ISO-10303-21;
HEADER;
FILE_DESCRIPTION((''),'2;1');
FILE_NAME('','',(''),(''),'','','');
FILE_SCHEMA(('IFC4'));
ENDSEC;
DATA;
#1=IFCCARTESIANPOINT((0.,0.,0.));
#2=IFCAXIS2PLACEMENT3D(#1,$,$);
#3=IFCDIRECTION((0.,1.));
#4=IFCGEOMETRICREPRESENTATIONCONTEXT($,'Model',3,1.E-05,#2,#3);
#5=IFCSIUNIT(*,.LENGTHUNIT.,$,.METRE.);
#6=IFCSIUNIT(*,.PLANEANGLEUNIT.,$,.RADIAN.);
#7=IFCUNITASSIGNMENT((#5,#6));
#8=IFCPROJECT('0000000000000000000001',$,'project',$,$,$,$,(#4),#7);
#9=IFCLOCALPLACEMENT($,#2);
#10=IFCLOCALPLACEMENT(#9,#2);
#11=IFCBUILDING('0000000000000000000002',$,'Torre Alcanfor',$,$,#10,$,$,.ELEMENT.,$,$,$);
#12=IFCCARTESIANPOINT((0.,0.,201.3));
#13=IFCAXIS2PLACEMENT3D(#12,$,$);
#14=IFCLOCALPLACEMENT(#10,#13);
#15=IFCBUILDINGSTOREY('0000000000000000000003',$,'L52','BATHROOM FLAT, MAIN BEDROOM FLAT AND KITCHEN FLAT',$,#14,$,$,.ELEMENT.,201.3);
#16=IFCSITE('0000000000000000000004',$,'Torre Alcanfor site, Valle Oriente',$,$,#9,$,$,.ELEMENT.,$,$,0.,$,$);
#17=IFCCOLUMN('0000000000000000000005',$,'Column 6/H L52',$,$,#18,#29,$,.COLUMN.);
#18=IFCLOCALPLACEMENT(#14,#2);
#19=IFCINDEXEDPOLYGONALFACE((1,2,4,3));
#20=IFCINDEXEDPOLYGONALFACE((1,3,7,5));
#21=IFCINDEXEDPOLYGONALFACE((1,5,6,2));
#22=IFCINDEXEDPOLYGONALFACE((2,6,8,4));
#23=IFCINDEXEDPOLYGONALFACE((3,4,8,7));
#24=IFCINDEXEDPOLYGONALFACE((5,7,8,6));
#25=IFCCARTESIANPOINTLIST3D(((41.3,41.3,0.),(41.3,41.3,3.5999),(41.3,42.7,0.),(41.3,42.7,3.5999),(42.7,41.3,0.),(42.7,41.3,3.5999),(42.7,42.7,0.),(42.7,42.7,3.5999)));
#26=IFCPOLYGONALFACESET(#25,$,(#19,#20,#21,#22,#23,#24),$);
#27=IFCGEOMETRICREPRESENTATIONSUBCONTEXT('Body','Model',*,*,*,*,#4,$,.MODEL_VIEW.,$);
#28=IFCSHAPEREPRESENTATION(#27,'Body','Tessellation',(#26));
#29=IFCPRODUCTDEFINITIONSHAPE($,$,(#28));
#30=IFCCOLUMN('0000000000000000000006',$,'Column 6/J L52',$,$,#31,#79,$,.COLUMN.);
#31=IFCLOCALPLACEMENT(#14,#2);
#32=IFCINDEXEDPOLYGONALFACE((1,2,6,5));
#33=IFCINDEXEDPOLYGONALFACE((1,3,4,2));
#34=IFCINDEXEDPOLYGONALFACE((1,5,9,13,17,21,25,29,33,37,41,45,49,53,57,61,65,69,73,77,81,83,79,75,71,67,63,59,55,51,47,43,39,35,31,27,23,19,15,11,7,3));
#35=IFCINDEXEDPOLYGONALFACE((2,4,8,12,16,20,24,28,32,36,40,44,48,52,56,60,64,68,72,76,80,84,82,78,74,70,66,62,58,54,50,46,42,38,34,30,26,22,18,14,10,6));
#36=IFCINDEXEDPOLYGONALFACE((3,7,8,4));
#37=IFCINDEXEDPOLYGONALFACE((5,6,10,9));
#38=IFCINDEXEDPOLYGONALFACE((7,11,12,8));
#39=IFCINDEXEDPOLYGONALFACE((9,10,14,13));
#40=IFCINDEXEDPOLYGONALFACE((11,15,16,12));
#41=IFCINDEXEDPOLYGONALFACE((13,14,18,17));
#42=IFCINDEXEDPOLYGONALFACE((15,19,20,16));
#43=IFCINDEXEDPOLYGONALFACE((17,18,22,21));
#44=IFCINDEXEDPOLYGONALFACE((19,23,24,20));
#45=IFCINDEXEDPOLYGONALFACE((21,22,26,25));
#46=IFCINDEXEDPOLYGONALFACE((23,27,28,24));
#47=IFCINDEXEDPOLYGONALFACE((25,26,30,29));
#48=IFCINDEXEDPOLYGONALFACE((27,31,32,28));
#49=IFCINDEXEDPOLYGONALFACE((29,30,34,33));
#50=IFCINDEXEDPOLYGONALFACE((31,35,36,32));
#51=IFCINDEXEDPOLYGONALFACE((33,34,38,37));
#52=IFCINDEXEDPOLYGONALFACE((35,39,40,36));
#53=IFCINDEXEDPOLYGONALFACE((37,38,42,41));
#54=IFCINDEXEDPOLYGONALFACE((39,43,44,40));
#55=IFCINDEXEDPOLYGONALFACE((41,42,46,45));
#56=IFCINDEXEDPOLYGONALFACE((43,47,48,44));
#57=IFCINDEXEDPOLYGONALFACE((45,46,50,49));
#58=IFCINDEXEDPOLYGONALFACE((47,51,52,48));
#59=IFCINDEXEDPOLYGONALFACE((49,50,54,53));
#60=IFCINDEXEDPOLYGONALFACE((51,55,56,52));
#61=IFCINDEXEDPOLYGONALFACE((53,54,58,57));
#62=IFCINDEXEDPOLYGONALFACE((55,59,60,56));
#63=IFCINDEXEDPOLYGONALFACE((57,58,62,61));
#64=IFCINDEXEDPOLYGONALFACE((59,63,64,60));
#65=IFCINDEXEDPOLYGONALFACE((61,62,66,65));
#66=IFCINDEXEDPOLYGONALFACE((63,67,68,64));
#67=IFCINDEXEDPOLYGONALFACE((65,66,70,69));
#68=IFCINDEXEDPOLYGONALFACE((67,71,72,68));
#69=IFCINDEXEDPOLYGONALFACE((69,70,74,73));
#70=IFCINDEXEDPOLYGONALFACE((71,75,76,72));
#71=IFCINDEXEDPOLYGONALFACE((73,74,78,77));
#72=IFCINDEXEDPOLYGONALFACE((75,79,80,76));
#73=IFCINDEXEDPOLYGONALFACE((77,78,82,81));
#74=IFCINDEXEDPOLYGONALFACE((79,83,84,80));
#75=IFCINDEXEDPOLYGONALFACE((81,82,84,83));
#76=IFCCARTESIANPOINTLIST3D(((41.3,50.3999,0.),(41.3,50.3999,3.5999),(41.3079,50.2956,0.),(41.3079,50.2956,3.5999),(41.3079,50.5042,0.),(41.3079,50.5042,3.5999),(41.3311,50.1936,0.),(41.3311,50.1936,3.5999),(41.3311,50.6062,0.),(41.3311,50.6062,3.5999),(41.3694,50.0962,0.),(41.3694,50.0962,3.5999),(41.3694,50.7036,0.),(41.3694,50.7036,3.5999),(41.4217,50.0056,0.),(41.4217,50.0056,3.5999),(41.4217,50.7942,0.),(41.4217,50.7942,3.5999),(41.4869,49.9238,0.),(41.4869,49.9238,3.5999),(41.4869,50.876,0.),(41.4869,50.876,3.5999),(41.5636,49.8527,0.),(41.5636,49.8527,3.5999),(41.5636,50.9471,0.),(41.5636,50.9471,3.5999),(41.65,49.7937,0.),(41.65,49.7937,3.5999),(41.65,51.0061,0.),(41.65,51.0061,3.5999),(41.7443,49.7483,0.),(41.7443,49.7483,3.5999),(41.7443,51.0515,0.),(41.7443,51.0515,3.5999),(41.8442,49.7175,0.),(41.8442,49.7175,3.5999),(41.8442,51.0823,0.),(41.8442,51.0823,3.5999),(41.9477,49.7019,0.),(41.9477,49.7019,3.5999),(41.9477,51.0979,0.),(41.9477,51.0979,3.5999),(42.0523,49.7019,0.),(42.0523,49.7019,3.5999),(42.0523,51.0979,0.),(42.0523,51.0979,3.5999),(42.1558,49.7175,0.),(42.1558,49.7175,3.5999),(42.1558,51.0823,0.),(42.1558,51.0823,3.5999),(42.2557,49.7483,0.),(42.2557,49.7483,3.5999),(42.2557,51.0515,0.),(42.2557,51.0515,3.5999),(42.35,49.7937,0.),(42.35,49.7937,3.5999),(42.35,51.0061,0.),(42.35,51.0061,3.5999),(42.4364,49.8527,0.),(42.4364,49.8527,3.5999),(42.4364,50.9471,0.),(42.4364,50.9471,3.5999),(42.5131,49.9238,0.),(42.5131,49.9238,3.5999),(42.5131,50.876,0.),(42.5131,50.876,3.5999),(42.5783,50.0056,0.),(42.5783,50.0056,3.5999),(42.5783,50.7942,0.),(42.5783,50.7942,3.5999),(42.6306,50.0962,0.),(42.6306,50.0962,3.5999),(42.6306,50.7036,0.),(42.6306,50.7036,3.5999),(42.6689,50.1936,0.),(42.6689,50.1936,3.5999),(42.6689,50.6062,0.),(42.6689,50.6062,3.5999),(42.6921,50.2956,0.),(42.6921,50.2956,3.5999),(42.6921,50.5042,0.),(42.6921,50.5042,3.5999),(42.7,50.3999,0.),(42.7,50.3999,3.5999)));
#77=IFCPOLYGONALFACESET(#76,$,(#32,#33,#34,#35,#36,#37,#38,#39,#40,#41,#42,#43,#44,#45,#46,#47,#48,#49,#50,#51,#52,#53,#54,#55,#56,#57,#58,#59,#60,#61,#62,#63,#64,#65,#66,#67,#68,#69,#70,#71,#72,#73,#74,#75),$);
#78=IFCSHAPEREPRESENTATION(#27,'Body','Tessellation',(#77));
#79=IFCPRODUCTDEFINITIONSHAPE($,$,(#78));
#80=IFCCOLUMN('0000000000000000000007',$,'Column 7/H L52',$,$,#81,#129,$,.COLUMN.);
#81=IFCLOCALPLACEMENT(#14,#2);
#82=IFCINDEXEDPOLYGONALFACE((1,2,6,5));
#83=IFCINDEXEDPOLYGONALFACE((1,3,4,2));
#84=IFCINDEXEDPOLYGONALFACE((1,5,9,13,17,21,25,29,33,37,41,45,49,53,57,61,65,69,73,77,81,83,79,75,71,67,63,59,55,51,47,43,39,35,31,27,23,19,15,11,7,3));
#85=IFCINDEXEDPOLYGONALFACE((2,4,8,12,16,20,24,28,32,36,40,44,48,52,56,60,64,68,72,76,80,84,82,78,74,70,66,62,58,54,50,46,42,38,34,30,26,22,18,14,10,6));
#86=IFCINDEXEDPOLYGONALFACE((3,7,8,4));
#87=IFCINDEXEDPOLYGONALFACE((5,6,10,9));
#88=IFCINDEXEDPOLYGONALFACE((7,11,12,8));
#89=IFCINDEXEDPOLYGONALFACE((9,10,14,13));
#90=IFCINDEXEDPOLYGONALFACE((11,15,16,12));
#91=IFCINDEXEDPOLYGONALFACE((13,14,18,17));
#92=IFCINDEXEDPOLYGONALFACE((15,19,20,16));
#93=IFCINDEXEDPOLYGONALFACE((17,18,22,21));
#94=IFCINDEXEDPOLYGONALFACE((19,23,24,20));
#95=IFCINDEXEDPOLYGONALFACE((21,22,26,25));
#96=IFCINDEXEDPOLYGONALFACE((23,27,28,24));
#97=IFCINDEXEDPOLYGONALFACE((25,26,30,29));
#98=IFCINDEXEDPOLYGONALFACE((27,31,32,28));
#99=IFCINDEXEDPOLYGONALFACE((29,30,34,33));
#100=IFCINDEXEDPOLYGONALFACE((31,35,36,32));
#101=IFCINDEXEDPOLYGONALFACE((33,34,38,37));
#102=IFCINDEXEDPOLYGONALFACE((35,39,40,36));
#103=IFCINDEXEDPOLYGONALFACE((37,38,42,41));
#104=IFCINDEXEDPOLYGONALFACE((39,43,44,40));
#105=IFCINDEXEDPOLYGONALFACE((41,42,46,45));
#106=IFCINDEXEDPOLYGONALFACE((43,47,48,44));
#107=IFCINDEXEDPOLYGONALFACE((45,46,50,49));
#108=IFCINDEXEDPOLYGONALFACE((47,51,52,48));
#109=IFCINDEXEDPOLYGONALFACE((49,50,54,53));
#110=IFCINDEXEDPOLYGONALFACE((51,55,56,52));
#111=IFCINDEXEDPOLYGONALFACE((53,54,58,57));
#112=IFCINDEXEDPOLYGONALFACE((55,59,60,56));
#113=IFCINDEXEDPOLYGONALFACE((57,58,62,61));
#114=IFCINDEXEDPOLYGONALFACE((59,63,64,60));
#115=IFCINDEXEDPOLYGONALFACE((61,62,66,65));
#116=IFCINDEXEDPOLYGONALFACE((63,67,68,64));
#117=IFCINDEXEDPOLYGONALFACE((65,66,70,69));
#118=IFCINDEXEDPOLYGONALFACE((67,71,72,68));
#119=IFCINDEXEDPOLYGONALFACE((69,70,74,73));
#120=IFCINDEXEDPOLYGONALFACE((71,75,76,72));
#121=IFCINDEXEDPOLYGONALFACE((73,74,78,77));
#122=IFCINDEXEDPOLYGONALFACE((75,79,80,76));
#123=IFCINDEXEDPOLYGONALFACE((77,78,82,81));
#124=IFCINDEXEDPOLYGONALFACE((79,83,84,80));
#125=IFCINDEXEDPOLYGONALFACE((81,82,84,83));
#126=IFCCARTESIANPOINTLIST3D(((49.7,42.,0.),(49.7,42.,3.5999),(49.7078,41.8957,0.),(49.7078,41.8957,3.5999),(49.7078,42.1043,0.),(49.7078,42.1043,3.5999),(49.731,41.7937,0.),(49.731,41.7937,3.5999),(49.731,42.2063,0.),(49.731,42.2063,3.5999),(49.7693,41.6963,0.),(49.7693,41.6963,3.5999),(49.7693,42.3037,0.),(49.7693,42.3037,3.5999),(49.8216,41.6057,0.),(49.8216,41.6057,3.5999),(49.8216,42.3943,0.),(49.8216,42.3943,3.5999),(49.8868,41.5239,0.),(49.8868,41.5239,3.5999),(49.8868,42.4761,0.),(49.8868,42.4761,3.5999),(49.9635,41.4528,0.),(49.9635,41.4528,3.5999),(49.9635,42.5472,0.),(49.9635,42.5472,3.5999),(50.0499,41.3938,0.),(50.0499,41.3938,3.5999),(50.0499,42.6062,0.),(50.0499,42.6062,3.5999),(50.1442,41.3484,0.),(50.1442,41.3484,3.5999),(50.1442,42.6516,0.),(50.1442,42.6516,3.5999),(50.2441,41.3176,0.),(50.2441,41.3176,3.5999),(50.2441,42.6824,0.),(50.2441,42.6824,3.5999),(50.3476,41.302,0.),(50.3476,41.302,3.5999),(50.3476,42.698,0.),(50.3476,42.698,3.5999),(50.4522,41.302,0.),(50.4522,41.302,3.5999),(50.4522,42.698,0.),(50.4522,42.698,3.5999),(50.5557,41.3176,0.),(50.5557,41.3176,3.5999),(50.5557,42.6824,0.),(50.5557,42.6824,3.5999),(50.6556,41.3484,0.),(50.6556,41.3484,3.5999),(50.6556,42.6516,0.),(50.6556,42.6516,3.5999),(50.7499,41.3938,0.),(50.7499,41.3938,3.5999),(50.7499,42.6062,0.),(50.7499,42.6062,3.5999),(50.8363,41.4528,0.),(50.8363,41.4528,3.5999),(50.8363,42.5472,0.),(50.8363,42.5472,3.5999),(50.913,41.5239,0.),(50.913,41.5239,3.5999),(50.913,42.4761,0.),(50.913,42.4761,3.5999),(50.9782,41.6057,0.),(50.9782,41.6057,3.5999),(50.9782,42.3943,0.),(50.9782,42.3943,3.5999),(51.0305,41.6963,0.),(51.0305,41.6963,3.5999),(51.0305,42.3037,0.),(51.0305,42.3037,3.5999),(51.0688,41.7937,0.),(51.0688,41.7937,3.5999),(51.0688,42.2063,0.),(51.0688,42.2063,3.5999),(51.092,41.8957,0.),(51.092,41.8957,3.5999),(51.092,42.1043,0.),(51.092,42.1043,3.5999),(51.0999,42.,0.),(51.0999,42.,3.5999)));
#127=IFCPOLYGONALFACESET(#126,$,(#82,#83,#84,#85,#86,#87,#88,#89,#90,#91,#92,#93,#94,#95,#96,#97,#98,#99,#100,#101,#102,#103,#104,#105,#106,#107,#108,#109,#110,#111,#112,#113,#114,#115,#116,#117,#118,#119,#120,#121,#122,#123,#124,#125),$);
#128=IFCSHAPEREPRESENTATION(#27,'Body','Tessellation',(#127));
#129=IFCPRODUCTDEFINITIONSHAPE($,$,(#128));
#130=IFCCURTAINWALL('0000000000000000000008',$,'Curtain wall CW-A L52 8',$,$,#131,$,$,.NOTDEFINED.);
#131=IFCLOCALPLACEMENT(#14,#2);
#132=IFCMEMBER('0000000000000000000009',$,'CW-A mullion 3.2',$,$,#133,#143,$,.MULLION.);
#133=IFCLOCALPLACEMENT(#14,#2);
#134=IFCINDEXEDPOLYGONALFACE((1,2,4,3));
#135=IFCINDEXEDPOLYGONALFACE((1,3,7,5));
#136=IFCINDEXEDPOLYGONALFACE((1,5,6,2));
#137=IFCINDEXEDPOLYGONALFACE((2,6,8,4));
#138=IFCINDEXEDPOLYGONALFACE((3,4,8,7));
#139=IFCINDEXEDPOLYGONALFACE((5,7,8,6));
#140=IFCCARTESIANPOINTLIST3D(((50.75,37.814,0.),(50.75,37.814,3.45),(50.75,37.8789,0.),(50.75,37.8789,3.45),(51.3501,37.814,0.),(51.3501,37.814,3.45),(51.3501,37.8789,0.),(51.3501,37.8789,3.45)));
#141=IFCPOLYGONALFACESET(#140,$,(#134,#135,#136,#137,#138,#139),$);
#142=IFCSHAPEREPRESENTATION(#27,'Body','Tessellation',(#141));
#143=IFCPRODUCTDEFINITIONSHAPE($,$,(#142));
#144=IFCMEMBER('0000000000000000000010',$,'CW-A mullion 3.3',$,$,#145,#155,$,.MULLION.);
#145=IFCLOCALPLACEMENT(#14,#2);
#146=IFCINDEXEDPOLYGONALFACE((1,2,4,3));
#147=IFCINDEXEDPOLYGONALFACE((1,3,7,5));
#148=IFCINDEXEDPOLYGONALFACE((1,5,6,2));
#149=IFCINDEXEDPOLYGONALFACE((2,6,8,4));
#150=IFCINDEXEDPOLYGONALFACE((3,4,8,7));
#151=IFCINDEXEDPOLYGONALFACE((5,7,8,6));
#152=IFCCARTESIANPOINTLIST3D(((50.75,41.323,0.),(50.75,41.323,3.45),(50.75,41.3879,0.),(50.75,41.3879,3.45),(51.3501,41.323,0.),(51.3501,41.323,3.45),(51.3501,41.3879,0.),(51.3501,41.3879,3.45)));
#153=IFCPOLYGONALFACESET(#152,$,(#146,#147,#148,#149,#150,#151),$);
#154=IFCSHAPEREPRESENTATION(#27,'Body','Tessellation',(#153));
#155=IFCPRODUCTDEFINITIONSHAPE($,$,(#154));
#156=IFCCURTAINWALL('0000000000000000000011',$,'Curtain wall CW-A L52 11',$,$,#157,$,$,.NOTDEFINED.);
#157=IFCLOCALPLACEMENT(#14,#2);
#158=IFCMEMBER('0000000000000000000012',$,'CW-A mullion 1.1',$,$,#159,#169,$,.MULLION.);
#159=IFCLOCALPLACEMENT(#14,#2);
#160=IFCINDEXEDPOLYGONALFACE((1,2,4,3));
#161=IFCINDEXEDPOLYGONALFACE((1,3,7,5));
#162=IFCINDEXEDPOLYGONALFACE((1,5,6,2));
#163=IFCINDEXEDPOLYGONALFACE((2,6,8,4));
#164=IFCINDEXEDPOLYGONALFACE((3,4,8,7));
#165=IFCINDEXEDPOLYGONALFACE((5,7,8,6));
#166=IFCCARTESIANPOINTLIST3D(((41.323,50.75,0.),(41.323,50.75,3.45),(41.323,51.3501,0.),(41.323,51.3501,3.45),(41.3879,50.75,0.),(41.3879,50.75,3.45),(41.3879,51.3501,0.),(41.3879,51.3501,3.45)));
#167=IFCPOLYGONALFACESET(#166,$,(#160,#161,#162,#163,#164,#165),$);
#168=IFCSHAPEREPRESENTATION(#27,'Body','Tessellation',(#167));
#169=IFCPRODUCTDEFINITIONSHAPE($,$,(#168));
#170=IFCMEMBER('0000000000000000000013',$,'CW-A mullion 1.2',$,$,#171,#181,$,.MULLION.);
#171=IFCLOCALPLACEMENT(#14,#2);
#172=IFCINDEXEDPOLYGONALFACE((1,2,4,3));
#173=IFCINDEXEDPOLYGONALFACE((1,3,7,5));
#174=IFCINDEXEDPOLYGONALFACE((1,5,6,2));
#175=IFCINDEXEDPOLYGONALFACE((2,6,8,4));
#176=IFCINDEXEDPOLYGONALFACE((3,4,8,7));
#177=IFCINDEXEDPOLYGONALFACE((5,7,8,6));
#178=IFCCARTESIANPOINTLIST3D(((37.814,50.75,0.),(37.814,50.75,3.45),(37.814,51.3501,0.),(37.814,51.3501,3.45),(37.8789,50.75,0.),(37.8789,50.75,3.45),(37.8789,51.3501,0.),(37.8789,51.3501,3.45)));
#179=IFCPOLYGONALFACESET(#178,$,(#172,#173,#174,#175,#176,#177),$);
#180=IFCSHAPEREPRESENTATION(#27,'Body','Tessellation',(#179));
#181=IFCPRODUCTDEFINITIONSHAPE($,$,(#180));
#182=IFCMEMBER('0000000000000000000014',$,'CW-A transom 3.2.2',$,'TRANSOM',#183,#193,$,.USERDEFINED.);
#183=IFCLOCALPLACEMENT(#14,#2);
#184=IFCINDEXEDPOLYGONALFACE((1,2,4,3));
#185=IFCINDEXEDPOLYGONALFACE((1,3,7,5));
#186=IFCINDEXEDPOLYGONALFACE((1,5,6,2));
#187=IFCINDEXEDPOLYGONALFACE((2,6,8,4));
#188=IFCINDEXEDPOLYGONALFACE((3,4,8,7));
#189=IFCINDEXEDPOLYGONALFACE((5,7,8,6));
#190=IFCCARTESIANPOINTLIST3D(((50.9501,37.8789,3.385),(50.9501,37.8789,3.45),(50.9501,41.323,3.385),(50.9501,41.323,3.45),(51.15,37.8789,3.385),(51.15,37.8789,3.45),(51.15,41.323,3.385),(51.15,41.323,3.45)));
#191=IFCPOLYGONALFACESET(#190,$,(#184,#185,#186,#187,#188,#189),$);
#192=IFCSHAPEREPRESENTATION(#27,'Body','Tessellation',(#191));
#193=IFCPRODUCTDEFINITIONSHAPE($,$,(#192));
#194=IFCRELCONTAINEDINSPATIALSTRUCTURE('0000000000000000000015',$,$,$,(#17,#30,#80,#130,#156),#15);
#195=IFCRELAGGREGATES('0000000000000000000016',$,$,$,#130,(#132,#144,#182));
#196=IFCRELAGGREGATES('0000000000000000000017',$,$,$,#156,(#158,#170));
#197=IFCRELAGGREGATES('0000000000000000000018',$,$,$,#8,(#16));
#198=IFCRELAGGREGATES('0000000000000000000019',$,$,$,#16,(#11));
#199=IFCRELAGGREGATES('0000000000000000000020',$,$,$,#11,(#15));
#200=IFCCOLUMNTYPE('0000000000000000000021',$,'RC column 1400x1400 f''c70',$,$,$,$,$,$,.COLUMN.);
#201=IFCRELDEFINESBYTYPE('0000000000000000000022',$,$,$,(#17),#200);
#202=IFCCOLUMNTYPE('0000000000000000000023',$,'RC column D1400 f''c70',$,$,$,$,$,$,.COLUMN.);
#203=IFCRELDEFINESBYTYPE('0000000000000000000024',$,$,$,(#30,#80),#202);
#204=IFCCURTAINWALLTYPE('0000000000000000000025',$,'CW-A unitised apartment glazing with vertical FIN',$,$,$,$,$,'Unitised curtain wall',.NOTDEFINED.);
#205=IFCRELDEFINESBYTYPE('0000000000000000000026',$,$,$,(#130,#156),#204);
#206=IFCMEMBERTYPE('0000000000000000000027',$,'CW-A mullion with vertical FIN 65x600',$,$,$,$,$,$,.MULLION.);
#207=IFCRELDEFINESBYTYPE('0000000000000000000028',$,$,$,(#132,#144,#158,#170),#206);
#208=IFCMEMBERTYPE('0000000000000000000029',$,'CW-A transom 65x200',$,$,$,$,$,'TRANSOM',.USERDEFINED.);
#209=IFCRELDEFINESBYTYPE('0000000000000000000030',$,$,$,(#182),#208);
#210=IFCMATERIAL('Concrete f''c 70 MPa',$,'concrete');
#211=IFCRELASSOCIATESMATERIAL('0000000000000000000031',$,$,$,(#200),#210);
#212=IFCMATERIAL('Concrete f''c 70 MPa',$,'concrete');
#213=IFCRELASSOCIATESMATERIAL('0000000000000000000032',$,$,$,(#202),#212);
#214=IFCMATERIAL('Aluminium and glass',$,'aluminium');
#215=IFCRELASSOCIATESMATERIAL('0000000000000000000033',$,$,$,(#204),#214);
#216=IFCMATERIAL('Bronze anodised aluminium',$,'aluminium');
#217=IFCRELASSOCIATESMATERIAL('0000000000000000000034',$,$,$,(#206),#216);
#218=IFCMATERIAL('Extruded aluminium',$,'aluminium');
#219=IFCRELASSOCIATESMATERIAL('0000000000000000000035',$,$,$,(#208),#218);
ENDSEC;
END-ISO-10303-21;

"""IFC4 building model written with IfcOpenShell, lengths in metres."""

from ifc_helpers import new_model, si_unit, direction, frame, origin, origin_2d, place, context, subcontext, project, spatial, rectangle, circle, extrude, material, material_profile, profile_set, type_object, element, aggregate, save


model = new_model("IFC4")

# Units and contexts
model_context = context("Model", 3, precision=1e-05, world=origin(), true_north=direction((0.0, 1.0)))
body_context = subcontext(model_context, "Body", "Model", "MODEL_VIEW")
ifc_project = project(units=[si_unit("LENGTHUNIT", "METRE"), si_unit("PLANEANGLEUNIT", "RADIAN")], contexts=[model_context])

# Site, building, storey
site_placement = place(None, origin())
site = spatial("IfcSite", under=ifc_project, at=site_placement, Name="Torre Alcanfor site, Valle Oriente", CompositionType="ELEMENT", RefElevation=0.0)
building_placement = place(site_placement, origin())
building = spatial("IfcBuilding", under=site, at=building_placement, Name="Torre Alcanfor", CompositionType="ELEMENT")
storey_placement = place(building_placement, frame((0.0, 0.0, 201.3)))
storey = spatial("IfcBuildingStorey", under=building, at=storey_placement, Name="L52", Description="BATHROOM FLAT, MAIN BEDROOM FLAT AND KITCHEN FLAT", CompositionType="ELEMENT", Elevation=201.3)

# Columns
ifc_material_1 = material(Name="Concrete f'c 70 MPa", Category="concrete")
ifc_material_profile_1 = material_profile(ifc_material_1, rectangle(XDim=1.3999, YDim=1.3999, at=origin_2d()), Name="1400x1400")
ifc_profile_set_1 = profile_set([ifc_material_profile_1], Name="Concrete f'c 70 MPa")
column_type_1 = type_object("IfcColumnType", Name="RC column 1400x1400 f'c70", PredefinedType="COLUMN", material=ifc_profile_set_1)
column_placement = place(storey_placement, frame((42.0, 42.0, 0.0), z_axis=(0.0, 0.0, 1.0), x_axis=(1.0, 0.0, 0.0)))
element("IfcColumn", 1, at=column_placement, inside=storey, type_object=column_type_1, Name="Column 6/H L52", PredefinedType="COLUMN", context=body_context, shape_type="SweptSolid", body=[
    extrude(rectangle(XDim=1.3999, YDim=1.3999, at=origin_2d()), origin(), (0.0, 0.0, 1.0), 3.5999),
])
ifc_material_2 = material(Name="Concrete f'c 70 MPa", Category="concrete")
ifc_material_profile_2 = material_profile(ifc_material_2, circle(Radius=0.7, at=origin_2d()), Name="D1400")
ifc_profile_set_2 = profile_set([ifc_material_profile_2], Name="Concrete f'c 70 MPa")
column_type_2 = type_object("IfcColumnType", Name="RC column D1400 f'c70", PredefinedType="COLUMN", material=ifc_profile_set_2)
for number, where, z_axis, x_axis, name in (
    (2, (42.0, 50.3999, 0.0), (0.0, 0.0, 1.0), (1.0, 0.0, 0.0), "Column 6/J L52"),
    (3, (50.3999, 42.0, 0.0), (0.0, 0.0, 1.0), (1.0, 0.0, 0.0), "Column 7/H L52"),
):
    element("IfcColumn", number, at=place(storey_placement, frame(where, z_axis=z_axis, x_axis=x_axis)), inside=storey, type_object=column_type_2, Name=name, PredefinedType="COLUMN", context=body_context, shape_type="SweptSolid", body=[
        extrude(circle(Radius=0.7, at=origin_2d()), origin(), (0.0, 0.0, 1.0), 3.5999),
    ])

# Curtain walls, members
ifc_material_3 = material(Name="Aluminium and glass", Category="aluminium")
curtain_wall_type = type_object("IfcCurtainWallType", Name="CW-A unitised apartment glazing with vertical FIN", ElementType="Unitised curtain wall", PredefinedType="NOTDEFINED", material=ifc_material_3)
curtain_wall_1_placement = place(storey_placement, origin())
curtain_wall_1 = element("IfcCurtainWall", 4, at=curtain_wall_1_placement, inside=storey, type_object=curtain_wall_type, Name="Curtain wall CW-A L52 8", PredefinedType="NOTDEFINED")
ifc_material_4 = material(Name="Bronze anodised aluminium", Category="aluminium")
ifc_material_profile_3 = material_profile(ifc_material_4, rectangle(XDim=0.6001, YDim=0.0649, at=origin_2d()), Name="CW-A mullion 65x600")
ifc_profile_set_3 = profile_set([ifc_material_profile_3], Name="Bronze anodised aluminium")
member_type_1 = type_object("IfcMemberType", Name="CW-A mullion with vertical FIN 65x600", PredefinedType="MULLION", material=ifc_profile_set_3)
member_1_placement = place(storey_placement, frame((51.05, 37.8464, 0.0), z_axis=(0.0, 0.0, 1.0), x_axis=(-1.0, 0.0, 0.0)))
member_1 = element("IfcMember", 5, at=member_1_placement, type_object=member_type_1, Name="CW-A mullion 3.2", PredefinedType="MULLION", context=body_context, shape_type="SweptSolid", body=[
    extrude(rectangle(XDim=0.6001, YDim=0.0649, at=origin_2d()), origin(), (0.0, 0.0, 1.0), 3.45),
])
member_2_placement = place(storey_placement, frame((51.05, 41.3555, 0.0), z_axis=(0.0, 0.0, 1.0), x_axis=(-1.0, 0.0, 0.0)))
member_2 = element("IfcMember", 6, at=member_2_placement, type_object=member_type_1, Name="CW-A mullion 3.3", PredefinedType="MULLION", context=body_context, shape_type="SweptSolid", body=[
    extrude(rectangle(XDim=0.6001, YDim=0.0649, at=origin_2d()), origin(), (0.0, 0.0, 1.0), 3.45),
])
curtain_wall_2_placement = place(storey_placement, origin())
curtain_wall_2 = element("IfcCurtainWall", 7, at=curtain_wall_2_placement, inside=storey, type_object=curtain_wall_type, Name="Curtain wall CW-A L52 11", PredefinedType="NOTDEFINED")
member_3_placement = place(storey_placement, frame((41.3555, 51.05, 0.0), z_axis=(0.0, 0.0, 1.0), x_axis=(0.0, -1.0, 0.0)))
member_3 = element("IfcMember", 8, at=member_3_placement, type_object=member_type_1, Name="CW-A mullion 1.1", PredefinedType="MULLION", context=body_context, shape_type="SweptSolid", body=[
    extrude(rectangle(XDim=0.6001, YDim=0.0649, at=origin_2d()), origin(), (0.0, 0.0, 1.0), 3.45),
])
member_4_placement = place(storey_placement, frame((37.8464, 51.05, 0.0), z_axis=(0.0, 0.0, 1.0), x_axis=(0.0, -1.0, 0.0)))
member_4 = element("IfcMember", 9, at=member_4_placement, type_object=member_type_1, Name="CW-A mullion 1.2", PredefinedType="MULLION", context=body_context, shape_type="SweptSolid", body=[
    extrude(rectangle(XDim=0.6001, YDim=0.0649, at=origin_2d()), origin(), (0.0, 0.0, 1.0), 3.45),
])

# Member
ifc_material_5 = material(Name="Extruded aluminium", Category="aluminium")
ifc_material_profile_4 = material_profile(ifc_material_5, rectangle(XDim=0.2, YDim=0.0649, at=origin_2d()), Name="CW-A transom 200x65")
ifc_profile_set_4 = profile_set([ifc_material_profile_4], Name="Extruded aluminium")
member_type_2 = type_object("IfcMemberType", Name="CW-A transom 65x200", ElementType="TRANSOM", PredefinedType="USERDEFINED", material=ifc_profile_set_4)
member_5_placement = place(storey_placement, frame((51.05, 37.8789, 3.4175), z_axis=(0.0, 1.0, 0.0), x_axis=(-1.0, 0.0, 0.0)))
member_5 = element("IfcMember", 10, at=member_5_placement, type_object=member_type_2, Name="CW-A transom 3.2.2", ObjectType="TRANSOM", PredefinedType="USERDEFINED", context=body_context, shape_type="SweptSolid", body=[
    extrude(rectangle(XDim=0.2, YDim=0.0649, at=origin_2d()), origin(), (0.0, 0.0, 1.0), 3.4441),
])

aggregate(curtain_wall_1, [member_1, member_2, member_5])
aggregate(curtain_wall_2, [member_3, member_4])

save(model, "model.ifc")
